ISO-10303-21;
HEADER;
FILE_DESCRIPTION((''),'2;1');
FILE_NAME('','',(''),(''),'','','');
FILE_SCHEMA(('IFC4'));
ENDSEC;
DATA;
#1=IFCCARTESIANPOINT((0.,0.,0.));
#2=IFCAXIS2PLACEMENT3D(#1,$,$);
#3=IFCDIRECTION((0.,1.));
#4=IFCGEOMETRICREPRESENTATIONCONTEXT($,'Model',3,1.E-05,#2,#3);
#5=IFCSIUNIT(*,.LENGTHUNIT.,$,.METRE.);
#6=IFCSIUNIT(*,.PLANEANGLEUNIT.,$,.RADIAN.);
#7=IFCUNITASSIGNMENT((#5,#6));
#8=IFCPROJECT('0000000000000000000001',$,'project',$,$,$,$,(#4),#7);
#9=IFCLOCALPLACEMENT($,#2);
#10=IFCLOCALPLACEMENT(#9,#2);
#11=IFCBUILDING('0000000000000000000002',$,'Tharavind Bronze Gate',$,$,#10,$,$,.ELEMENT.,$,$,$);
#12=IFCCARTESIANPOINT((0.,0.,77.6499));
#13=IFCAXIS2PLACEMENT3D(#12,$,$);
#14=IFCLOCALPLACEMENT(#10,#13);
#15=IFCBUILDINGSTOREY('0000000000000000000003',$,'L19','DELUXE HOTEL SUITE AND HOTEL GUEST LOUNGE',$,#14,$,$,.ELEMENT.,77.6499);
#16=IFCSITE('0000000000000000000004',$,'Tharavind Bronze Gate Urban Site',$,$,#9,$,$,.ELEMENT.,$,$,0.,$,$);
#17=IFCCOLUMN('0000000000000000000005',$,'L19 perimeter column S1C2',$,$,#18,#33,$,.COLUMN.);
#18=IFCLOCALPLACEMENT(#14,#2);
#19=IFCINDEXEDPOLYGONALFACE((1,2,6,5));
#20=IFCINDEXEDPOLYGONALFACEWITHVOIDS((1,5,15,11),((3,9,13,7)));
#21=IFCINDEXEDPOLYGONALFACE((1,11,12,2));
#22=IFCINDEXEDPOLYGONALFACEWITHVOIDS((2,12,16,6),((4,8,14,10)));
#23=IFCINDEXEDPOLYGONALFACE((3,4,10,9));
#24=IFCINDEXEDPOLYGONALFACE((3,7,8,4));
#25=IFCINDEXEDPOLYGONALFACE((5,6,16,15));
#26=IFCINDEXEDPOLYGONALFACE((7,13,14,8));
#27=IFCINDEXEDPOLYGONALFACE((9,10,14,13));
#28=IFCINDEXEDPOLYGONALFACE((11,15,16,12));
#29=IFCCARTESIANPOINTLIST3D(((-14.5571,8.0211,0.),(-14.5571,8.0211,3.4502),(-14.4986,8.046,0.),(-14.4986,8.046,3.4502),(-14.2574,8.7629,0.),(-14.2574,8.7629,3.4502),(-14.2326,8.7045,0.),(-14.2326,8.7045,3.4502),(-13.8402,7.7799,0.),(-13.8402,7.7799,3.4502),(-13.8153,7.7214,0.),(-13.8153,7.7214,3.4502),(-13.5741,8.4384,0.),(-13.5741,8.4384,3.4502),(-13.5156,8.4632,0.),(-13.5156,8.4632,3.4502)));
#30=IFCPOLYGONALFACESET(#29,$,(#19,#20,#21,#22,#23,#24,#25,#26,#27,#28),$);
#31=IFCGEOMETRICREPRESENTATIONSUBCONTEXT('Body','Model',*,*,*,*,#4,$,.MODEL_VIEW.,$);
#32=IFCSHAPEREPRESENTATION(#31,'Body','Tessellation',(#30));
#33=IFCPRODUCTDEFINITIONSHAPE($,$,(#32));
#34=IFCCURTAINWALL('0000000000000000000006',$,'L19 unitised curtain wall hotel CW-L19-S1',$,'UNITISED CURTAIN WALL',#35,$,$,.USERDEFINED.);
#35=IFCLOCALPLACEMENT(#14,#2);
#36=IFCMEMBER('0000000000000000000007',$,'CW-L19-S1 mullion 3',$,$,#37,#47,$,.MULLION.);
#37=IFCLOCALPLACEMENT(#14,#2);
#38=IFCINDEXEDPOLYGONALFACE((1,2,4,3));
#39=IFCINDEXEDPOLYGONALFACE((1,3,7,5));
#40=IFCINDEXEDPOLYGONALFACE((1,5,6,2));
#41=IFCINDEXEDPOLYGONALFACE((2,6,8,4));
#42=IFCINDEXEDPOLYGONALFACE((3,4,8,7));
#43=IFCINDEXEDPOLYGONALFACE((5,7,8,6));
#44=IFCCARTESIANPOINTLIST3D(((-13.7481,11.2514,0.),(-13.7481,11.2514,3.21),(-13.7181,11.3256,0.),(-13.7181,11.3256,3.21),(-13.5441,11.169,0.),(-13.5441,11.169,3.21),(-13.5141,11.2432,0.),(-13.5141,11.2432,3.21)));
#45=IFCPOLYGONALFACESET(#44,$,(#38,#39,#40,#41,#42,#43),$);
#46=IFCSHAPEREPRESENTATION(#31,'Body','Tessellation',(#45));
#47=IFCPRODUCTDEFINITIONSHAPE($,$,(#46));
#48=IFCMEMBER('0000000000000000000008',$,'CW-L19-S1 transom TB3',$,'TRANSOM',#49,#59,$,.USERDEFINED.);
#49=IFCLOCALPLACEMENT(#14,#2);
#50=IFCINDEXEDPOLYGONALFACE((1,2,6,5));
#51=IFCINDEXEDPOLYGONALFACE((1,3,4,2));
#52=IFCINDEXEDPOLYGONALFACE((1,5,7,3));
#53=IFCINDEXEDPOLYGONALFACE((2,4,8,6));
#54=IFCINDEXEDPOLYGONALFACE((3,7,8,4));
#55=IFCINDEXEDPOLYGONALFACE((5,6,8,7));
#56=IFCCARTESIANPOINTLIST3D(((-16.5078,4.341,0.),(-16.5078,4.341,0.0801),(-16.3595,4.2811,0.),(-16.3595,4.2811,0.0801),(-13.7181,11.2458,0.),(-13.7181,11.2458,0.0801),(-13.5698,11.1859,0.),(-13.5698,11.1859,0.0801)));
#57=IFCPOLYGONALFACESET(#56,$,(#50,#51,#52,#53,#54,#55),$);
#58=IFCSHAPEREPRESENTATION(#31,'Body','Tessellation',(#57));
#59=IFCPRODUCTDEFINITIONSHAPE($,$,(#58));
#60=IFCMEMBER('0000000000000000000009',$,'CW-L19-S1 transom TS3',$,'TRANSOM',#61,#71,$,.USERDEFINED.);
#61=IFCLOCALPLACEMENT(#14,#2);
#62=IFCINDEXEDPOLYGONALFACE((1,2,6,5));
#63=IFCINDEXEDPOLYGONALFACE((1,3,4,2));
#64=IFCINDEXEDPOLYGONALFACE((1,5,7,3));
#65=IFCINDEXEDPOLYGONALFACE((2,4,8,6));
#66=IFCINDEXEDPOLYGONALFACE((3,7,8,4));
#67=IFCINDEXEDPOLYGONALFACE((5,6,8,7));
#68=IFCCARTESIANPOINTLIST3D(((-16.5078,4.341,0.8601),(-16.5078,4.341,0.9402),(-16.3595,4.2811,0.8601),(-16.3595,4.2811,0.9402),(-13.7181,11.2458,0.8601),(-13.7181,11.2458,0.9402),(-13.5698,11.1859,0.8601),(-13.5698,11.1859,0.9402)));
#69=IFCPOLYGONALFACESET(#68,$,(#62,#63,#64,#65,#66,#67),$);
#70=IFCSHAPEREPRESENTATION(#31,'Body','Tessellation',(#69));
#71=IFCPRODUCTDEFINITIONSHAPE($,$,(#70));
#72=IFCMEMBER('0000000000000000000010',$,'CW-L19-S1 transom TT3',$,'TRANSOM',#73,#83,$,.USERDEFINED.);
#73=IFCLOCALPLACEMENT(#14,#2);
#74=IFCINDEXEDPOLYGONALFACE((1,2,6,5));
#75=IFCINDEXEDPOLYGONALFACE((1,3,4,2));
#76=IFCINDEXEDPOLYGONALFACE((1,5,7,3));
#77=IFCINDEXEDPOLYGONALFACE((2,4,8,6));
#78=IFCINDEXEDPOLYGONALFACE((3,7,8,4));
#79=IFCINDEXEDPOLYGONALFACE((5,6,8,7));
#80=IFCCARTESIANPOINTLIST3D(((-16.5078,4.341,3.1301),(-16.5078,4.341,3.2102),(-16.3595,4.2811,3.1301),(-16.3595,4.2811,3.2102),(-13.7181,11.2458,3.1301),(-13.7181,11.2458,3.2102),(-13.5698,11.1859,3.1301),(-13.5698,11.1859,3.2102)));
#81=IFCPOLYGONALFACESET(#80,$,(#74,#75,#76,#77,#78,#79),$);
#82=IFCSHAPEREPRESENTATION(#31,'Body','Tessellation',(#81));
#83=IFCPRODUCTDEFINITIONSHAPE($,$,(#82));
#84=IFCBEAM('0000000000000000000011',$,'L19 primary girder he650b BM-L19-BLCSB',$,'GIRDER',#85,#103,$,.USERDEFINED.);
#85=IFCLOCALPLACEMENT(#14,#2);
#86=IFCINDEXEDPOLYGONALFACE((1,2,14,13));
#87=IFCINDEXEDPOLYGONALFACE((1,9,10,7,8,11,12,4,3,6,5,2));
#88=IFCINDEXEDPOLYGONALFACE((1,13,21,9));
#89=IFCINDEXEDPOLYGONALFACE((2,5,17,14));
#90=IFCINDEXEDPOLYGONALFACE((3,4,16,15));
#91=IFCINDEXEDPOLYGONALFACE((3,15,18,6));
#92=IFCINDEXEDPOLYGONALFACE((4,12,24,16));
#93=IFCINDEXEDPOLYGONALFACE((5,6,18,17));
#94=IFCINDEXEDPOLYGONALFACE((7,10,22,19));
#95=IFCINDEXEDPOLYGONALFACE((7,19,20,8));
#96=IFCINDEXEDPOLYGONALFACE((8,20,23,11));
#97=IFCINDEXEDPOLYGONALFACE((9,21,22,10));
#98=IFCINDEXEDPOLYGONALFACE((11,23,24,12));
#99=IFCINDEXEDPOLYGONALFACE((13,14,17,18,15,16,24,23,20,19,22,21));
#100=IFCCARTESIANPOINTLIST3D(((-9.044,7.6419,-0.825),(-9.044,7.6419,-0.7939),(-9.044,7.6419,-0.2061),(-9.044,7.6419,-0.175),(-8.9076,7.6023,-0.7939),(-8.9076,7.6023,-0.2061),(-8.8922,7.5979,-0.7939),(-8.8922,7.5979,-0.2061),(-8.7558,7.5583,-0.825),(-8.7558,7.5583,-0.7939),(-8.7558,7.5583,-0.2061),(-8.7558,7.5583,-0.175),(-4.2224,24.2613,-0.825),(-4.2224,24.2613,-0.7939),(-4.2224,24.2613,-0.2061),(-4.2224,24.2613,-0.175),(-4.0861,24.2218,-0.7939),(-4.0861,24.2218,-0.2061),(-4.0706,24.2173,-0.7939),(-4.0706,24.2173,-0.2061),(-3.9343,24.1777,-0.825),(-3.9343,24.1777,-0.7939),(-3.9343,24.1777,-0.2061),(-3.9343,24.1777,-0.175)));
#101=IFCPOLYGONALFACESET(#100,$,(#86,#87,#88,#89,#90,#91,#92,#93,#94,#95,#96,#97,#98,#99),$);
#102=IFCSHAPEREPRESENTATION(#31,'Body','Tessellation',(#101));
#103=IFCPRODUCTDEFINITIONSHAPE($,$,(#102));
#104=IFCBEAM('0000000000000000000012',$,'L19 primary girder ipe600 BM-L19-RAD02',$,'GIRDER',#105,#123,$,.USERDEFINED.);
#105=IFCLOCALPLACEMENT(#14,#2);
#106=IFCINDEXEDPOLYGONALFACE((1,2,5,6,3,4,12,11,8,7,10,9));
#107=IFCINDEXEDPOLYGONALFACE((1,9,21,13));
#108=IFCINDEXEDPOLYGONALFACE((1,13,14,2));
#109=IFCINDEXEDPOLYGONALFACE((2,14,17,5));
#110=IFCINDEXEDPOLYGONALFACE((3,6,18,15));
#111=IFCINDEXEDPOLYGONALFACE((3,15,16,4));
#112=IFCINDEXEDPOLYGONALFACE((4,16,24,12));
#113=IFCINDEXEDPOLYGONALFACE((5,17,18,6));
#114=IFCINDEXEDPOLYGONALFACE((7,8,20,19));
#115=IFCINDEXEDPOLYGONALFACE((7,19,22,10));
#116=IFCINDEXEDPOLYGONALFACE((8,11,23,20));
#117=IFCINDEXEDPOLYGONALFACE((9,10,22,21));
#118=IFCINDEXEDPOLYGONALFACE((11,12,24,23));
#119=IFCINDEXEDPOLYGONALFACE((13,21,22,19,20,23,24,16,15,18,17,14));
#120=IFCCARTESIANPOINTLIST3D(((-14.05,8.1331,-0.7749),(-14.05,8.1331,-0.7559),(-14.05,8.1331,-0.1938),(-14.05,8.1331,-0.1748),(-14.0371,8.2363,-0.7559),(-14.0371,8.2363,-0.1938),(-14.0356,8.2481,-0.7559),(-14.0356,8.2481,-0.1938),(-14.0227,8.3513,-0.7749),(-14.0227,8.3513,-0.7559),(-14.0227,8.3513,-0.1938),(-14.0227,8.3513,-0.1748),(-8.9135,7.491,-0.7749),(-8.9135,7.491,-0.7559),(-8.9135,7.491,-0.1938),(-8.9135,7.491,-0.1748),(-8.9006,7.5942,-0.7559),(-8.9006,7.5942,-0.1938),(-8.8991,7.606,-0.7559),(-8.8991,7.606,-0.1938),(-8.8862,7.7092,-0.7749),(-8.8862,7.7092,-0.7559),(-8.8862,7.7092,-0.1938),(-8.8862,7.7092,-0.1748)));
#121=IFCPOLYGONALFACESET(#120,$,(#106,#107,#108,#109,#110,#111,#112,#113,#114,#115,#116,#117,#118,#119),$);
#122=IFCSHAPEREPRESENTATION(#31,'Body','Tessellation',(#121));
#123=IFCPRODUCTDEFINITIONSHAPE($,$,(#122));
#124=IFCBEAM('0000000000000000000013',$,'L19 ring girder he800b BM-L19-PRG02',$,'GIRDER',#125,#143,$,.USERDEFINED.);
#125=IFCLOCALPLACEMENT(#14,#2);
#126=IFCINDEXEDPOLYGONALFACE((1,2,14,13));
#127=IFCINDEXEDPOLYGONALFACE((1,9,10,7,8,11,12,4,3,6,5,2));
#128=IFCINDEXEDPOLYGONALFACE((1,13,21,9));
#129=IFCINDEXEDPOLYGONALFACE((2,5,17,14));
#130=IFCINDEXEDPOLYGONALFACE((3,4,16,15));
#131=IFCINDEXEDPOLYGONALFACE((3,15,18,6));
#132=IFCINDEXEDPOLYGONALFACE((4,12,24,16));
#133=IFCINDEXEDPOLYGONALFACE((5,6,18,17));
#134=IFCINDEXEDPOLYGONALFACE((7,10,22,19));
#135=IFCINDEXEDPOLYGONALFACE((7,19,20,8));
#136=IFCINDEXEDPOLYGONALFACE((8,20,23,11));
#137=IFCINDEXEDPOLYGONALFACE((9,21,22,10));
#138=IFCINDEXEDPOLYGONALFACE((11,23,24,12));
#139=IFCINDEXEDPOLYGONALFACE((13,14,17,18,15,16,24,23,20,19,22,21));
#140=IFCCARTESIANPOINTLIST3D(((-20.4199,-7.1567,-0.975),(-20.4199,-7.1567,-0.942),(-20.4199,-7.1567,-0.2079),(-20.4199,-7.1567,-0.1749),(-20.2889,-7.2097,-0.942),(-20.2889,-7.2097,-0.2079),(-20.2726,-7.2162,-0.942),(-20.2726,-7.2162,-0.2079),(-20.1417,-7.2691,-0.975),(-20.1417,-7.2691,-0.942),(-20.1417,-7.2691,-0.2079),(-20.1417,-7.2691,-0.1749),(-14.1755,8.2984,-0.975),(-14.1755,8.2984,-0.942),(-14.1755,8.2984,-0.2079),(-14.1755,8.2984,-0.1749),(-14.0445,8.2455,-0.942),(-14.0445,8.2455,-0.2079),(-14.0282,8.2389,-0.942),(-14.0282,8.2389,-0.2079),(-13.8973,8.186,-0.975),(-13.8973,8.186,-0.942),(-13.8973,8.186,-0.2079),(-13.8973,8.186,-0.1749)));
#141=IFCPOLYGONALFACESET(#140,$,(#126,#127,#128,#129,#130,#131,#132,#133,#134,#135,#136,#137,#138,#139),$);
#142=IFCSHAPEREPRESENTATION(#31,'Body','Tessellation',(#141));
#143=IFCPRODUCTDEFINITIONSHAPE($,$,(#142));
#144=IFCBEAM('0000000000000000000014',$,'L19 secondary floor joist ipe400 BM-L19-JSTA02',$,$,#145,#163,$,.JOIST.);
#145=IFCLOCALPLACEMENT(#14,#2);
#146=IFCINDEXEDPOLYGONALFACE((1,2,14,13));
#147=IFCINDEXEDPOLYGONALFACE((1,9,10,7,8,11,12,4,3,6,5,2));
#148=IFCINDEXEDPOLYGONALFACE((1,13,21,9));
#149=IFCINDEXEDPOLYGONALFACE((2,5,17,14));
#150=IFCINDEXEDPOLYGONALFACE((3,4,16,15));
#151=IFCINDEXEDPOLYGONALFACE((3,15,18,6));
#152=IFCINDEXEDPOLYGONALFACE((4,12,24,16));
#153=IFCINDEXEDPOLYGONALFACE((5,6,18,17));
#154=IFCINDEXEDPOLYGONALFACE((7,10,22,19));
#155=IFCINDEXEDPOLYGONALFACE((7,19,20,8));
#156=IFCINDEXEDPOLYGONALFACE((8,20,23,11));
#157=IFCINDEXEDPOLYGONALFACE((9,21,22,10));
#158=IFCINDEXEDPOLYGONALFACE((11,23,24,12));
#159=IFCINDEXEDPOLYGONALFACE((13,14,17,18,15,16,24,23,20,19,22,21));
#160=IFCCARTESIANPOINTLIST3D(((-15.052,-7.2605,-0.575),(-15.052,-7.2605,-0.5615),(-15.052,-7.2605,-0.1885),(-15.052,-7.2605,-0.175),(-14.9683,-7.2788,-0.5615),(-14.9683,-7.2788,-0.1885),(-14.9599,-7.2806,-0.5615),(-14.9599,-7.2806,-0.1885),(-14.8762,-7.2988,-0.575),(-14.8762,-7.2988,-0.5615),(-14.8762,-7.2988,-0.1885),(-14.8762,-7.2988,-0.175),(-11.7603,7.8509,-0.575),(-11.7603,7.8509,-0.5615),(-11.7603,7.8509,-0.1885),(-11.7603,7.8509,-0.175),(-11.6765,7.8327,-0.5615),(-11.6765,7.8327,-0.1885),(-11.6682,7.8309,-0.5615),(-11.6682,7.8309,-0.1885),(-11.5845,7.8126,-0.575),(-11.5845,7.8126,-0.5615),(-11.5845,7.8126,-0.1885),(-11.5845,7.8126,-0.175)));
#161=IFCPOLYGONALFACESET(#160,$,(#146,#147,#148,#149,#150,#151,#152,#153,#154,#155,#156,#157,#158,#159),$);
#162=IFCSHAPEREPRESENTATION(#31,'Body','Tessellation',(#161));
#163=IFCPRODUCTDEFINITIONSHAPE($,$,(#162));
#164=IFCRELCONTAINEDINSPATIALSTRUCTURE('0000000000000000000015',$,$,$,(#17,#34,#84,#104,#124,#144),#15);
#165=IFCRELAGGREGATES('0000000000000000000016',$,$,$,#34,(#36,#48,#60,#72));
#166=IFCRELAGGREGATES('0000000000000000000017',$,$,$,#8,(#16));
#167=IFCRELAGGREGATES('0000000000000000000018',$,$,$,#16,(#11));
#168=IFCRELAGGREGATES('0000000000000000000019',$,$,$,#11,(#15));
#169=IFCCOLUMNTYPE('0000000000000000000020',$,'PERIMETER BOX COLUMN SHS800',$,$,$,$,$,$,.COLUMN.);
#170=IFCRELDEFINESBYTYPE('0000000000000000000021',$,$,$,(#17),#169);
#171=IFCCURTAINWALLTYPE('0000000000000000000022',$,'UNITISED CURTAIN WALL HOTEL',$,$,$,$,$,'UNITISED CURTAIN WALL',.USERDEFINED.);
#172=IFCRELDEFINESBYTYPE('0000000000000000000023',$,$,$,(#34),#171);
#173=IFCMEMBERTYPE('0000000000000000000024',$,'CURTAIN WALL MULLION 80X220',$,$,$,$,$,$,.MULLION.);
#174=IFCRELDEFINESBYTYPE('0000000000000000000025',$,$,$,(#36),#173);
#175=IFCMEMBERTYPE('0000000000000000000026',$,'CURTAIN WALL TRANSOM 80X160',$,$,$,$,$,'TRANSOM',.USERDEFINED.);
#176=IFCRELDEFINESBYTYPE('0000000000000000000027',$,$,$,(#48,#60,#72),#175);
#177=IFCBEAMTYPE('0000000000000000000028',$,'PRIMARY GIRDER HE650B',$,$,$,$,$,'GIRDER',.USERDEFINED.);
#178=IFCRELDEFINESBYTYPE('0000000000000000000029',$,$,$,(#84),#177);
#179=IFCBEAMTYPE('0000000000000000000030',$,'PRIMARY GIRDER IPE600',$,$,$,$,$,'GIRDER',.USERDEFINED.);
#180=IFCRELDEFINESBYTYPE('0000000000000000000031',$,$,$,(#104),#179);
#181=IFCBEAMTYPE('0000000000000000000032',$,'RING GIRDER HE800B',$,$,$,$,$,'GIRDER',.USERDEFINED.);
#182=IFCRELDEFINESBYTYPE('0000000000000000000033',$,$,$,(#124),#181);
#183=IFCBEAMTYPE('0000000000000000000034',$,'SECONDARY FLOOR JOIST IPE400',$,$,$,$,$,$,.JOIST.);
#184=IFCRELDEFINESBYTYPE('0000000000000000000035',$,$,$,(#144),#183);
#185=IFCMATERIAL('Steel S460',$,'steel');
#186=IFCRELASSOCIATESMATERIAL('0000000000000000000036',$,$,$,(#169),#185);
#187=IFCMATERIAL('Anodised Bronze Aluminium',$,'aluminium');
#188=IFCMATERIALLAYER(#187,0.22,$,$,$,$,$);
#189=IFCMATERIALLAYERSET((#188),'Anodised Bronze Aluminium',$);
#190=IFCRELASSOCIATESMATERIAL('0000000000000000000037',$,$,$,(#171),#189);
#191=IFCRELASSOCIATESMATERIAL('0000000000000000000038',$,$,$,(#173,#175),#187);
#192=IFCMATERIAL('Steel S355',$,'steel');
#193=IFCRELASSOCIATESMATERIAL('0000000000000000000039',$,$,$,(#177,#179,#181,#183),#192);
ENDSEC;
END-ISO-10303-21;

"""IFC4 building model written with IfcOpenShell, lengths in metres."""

from ifc_helpers import new_model, si_unit, direction, frame, origin, origin_2d, place, context, subcontext, project, spatial, rectangle, hollow_rectangle, i_section, extrude, material, layer, layer_set, material_profile, profile_set, type_object, element, aggregate, save


model = new_model("IFC4")

# Units and contexts
model_context = context("Model", 3, precision=1e-05, world=origin(), true_north=direction((0.0, 1.0)))
body_context = subcontext(model_context, "Body", "Model", "MODEL_VIEW")
ifc_project = project(units=[si_unit("LENGTHUNIT", "METRE"), si_unit("PLANEANGLEUNIT", "RADIAN")], contexts=[model_context])

# Site, building, storey
site_placement = place(None, origin())
site = spatial("IfcSite", under=ifc_project, at=site_placement, Name="Tharavind Bronze Gate Urban Site", CompositionType="ELEMENT", RefElevation=0.0)
building_placement = place(site_placement, origin())
building = spatial("IfcBuilding", under=site, at=building_placement, Name="Tharavind Bronze Gate", CompositionType="ELEMENT")
storey_placement = place(building_placement, frame((0.0, 0.0, 77.6499)))
storey = spatial("IfcBuildingStorey", under=building, at=storey_placement, Name="L19", Description="DELUXE HOTEL SUITE AND HOTEL GUEST LOUNGE", CompositionType="ELEMENT", Elevation=77.6499)

# Column
ifc_material_1 = material(Name="Steel S460", Category="steel")
ifc_material_profile_1 = material_profile(ifc_material_1, hollow_rectangle(XDim=0.8, YDim=0.8, WallThickness=0.0449, at=origin_2d()), Name="SHS800X45")
ifc_profile_set_1 = profile_set([ifc_material_profile_1], Name="Steel S460")
column_type = type_object("IfcColumnType", Name="PERIMETER BOX COLUMN SHS800", PredefinedType="COLUMN", material=ifc_profile_set_1)
column_placement = place(storey_placement, frame((-14.0364, 8.2422, 0.0), z_axis=(0.0, 0.0, 1.0), x_axis=(0.374608, 0.927183, 0.0)))
element("IfcColumn", 1, at=column_placement, inside=storey, type_object=column_type, Name="L19 perimeter column S1C2", PredefinedType="COLUMN", context=body_context, shape_type="SweptSolid", body=[
    extrude(hollow_rectangle(XDim=0.8, YDim=0.8, WallThickness=0.0449, at=origin_2d()), origin(), (0.0, 0.0, 1.0), 3.4502),
])

# Curtain wall, members
ifc_material_2 = material(Name="Anodised Bronze Aluminium", Category="aluminium")
ifc_layer_1 = layer(ifc_material_2, 0.22)
ifc_layer_set_1 = layer_set([ifc_layer_1], Name="Anodised Bronze Aluminium")
curtain_wall_type = type_object("IfcCurtainWallType", Name="UNITISED CURTAIN WALL HOTEL", ElementType="UNITISED CURTAIN WALL", PredefinedType="USERDEFINED", material=ifc_layer_set_1)
curtain_wall_placement = place(storey_placement, origin())
curtain_wall = element("IfcCurtainWall", 2, at=curtain_wall_placement, inside=storey, type_object=curtain_wall_type, Name="L19 unitised curtain wall hotel CW-L19-S1", ObjectType="UNITISED CURTAIN WALL", PredefinedType="USERDEFINED")
member_type_1 = type_object("IfcMemberType", Name="CURTAIN WALL MULLION 80X220", PredefinedType="MULLION", material=ifc_material_2)
member_1_placement = place(storey_placement, frame((-13.6311, 11.2473, 0.0), z_axis=(0.0, 0.0, 1.0), x_axis=(-0.374607, -0.927184, 0.0)))
member_1 = element("IfcMember", 3, at=member_1_placement, type_object=member_type_1, Name="CW-L19-S1 mullion 3", PredefinedType="MULLION", context=body_context, shape_type="SweptSolid", body=[
    extrude(rectangle(XDim=0.0801, YDim=0.22, at=origin_2d()), origin(), (0.0, 0.0, 1.0), 3.21),
])
member_type_2 = type_object("IfcMemberType", Name="CURTAIN WALL TRANSOM 80X160", ElementType="TRANSOM", PredefinedType="USERDEFINED", material=ifc_material_2)
member_2_placement = place(storey_placement, frame((-15.0388, 7.7634, 0.0), z_axis=(0.0, 0.0, 1.0), x_axis=(-0.374607, -0.927184, 0.0)))
member_2 = element("IfcMember", 4, at=member_2_placement, type_object=member_type_2, Name="CW-L19-S1 transom TB3", ObjectType="TRANSOM", PredefinedType="USERDEFINED", context=body_context, shape_type="SweptSolid", body=[
    extrude(rectangle(XDim=7.447, YDim=0.1599, at=origin_2d()), origin(), (0.0, 0.0, 1.0), 0.0801),
])
member_3_placement = place(storey_placement, frame((-15.0388, 7.7634, 0.8601), z_axis=(0.0, 0.0, 1.0), x_axis=(-0.374607, -0.927184, 0.0)))
member_3 = element("IfcMember", 5, at=member_3_placement, type_object=member_type_2, Name="CW-L19-S1 transom TS3", ObjectType="TRANSOM", PredefinedType="USERDEFINED", context=body_context, shape_type="SweptSolid", body=[
    extrude(rectangle(XDim=7.447, YDim=0.1599, at=origin_2d()), origin(), (0.0, 0.0, 1.0), 0.0801),
])
member_4_placement = place(storey_placement, frame((-15.0388, 7.7634, 3.1301), z_axis=(0.0, 0.0, 1.0), x_axis=(-0.374607, -0.927184, 0.0)))
member_4 = element("IfcMember", 6, at=member_4_placement, type_object=member_type_2, Name="CW-L19-S1 transom TT3", ObjectType="TRANSOM", PredefinedType="USERDEFINED", context=body_context, shape_type="SweptSolid", body=[
    extrude(rectangle(XDim=7.447, YDim=0.1599, at=origin_2d()), origin(), (0.0, 0.0, 1.0), 0.0801),
])

# Beams
ifc_material_3 = material(Name="Steel S355", Category="steel")
ifc_material_profile_2 = material_profile(ifc_material_3, i_section(OverallWidth=0.3, OverallDepth=0.6499, WebThickness=0.0161, FlangeThickness=0.031, at=origin_2d()), Name="HE650B")
ifc_profile_set_2 = profile_set([ifc_material_profile_2], Name="Steel S355")
beam_type_1 = type_object("IfcBeamType", Name="PRIMARY GIRDER HE650B", ElementType="GIRDER", PredefinedType="USERDEFINED", material=ifc_profile_set_2)
beam_1_placement = place(storey_placement, frame((-8.8999, 7.6001, -0.5), z_axis=(0.278626, 0.9604, 0.0), x_axis=(-0.9604, 0.278626, 0.0)))
element("IfcBeam", 7, at=beam_1_placement, inside=storey, type_object=beam_type_1, Name="L19 primary girder he650b BM-L19-BLCSB", ObjectType="GIRDER", PredefinedType="USERDEFINED", context=body_context, shape_type="SweptSolid", body=[
    extrude(i_section(OverallWidth=0.3, OverallDepth=0.6499, WebThickness=0.0161, FlangeThickness=0.031, at=origin_2d()), origin(), (0.0, 0.0, 1.0), 17.3047),
])
ifc_material_profile_3 = material_profile(ifc_material_3, i_section(OverallWidth=0.22, OverallDepth=0.6001, WebThickness=0.012, FlangeThickness=0.019, at=origin_2d()), Name="IPE600")
ifc_profile_set_3 = profile_set([ifc_material_profile_3], Name="Steel S355")
beam_type_2 = type_object("IfcBeamType", Name="PRIMARY GIRDER IPE600", ElementType="GIRDER", PredefinedType="USERDEFINED", material=ifc_profile_set_3)
beam_2_placement = place(storey_placement, frame((-14.0364, 8.2422, -0.4749), z_axis=(0.992277, -0.124041, 0.0), x_axis=(0.124041, 0.992277, 0.0)))
element("IfcBeam", 8, at=beam_2_placement, inside=storey, type_object=beam_type_2, Name="L19 primary girder ipe600 BM-L19-RAD02", ObjectType="GIRDER", PredefinedType="USERDEFINED", context=body_context, shape_type="SweptSolid", body=[
    extrude(i_section(OverallWidth=0.22, OverallDepth=0.6001, WebThickness=0.012, FlangeThickness=0.019, at=origin_2d()), origin(), (0.0, 0.0, 1.0), 5.1765),
])
ifc_material_profile_4 = material_profile(ifc_material_3, i_section(OverallWidth=0.3, OverallDepth=0.8, WebThickness=0.0176, FlangeThickness=0.033, at=origin_2d()), Name="HE800B")
ifc_profile_set_4 = profile_set([ifc_material_profile_4], Name="Steel S355")
beam_type_3 = type_object("IfcBeamType", Name="RING GIRDER HE800B", ElementType="GIRDER", PredefinedType="USERDEFINED", material=ifc_profile_set_4)
beam_3_placement = place(storey_placement, frame((-14.0364, 8.2422, -0.575), z_axis=(-0.374613, -0.927181, 0.0), x_axis=(0.927181, -0.374613, 0.0)))
element("IfcBeam", 9, at=beam_3_placement, inside=storey, type_object=beam_type_3, Name="L19 ring girder he800b BM-L19-PRG02", ObjectType="GIRDER", PredefinedType="USERDEFINED", context=body_context, shape_type="SweptSolid", body=[
    extrude(i_section(OverallWidth=0.3, OverallDepth=0.8, WebThickness=0.0176, FlangeThickness=0.033, at=origin_2d()), origin(), (0.0, 0.0, 1.0), 16.6689),
])
ifc_material_profile_5 = material_profile(ifc_material_3, i_section(OverallWidth=0.1799, OverallDepth=0.3999, WebThickness=0.0085, FlangeThickness=0.0134, at=origin_2d()), Name="IPE400")
ifc_profile_set_5 = profile_set([ifc_material_profile_5], Name="Steel S355")
beam_type_4 = type_object("IfcBeamType", Name="SECONDARY FLOOR JOIST IPE400", PredefinedType="JOIST", material=ifc_profile_set_5)
beam_4_placement = place(storey_placement, frame((-11.6724, 7.8318, -0.375), z_axis=(-0.212839, -0.977087, 0.0), x_axis=(0.977087, -0.212839, 0.0)))
element("IfcBeam", 10, at=beam_4_placement, inside=storey, type_object=beam_type_4, Name="L19 secondary floor joist ipe400 BM-L19-JSTA02", PredefinedType="JOIST", context=body_context, shape_type="SweptSolid", body=[
    extrude(i_section(OverallWidth=0.1799, OverallDepth=0.3999, WebThickness=0.0085, FlangeThickness=0.0134, at=origin_2d()), origin(), (0.0, 0.0, 1.0), 15.4658),
])

aggregate(curtain_wall, [member_1, member_2, member_3, member_4])

save(model, "model.ifc")
